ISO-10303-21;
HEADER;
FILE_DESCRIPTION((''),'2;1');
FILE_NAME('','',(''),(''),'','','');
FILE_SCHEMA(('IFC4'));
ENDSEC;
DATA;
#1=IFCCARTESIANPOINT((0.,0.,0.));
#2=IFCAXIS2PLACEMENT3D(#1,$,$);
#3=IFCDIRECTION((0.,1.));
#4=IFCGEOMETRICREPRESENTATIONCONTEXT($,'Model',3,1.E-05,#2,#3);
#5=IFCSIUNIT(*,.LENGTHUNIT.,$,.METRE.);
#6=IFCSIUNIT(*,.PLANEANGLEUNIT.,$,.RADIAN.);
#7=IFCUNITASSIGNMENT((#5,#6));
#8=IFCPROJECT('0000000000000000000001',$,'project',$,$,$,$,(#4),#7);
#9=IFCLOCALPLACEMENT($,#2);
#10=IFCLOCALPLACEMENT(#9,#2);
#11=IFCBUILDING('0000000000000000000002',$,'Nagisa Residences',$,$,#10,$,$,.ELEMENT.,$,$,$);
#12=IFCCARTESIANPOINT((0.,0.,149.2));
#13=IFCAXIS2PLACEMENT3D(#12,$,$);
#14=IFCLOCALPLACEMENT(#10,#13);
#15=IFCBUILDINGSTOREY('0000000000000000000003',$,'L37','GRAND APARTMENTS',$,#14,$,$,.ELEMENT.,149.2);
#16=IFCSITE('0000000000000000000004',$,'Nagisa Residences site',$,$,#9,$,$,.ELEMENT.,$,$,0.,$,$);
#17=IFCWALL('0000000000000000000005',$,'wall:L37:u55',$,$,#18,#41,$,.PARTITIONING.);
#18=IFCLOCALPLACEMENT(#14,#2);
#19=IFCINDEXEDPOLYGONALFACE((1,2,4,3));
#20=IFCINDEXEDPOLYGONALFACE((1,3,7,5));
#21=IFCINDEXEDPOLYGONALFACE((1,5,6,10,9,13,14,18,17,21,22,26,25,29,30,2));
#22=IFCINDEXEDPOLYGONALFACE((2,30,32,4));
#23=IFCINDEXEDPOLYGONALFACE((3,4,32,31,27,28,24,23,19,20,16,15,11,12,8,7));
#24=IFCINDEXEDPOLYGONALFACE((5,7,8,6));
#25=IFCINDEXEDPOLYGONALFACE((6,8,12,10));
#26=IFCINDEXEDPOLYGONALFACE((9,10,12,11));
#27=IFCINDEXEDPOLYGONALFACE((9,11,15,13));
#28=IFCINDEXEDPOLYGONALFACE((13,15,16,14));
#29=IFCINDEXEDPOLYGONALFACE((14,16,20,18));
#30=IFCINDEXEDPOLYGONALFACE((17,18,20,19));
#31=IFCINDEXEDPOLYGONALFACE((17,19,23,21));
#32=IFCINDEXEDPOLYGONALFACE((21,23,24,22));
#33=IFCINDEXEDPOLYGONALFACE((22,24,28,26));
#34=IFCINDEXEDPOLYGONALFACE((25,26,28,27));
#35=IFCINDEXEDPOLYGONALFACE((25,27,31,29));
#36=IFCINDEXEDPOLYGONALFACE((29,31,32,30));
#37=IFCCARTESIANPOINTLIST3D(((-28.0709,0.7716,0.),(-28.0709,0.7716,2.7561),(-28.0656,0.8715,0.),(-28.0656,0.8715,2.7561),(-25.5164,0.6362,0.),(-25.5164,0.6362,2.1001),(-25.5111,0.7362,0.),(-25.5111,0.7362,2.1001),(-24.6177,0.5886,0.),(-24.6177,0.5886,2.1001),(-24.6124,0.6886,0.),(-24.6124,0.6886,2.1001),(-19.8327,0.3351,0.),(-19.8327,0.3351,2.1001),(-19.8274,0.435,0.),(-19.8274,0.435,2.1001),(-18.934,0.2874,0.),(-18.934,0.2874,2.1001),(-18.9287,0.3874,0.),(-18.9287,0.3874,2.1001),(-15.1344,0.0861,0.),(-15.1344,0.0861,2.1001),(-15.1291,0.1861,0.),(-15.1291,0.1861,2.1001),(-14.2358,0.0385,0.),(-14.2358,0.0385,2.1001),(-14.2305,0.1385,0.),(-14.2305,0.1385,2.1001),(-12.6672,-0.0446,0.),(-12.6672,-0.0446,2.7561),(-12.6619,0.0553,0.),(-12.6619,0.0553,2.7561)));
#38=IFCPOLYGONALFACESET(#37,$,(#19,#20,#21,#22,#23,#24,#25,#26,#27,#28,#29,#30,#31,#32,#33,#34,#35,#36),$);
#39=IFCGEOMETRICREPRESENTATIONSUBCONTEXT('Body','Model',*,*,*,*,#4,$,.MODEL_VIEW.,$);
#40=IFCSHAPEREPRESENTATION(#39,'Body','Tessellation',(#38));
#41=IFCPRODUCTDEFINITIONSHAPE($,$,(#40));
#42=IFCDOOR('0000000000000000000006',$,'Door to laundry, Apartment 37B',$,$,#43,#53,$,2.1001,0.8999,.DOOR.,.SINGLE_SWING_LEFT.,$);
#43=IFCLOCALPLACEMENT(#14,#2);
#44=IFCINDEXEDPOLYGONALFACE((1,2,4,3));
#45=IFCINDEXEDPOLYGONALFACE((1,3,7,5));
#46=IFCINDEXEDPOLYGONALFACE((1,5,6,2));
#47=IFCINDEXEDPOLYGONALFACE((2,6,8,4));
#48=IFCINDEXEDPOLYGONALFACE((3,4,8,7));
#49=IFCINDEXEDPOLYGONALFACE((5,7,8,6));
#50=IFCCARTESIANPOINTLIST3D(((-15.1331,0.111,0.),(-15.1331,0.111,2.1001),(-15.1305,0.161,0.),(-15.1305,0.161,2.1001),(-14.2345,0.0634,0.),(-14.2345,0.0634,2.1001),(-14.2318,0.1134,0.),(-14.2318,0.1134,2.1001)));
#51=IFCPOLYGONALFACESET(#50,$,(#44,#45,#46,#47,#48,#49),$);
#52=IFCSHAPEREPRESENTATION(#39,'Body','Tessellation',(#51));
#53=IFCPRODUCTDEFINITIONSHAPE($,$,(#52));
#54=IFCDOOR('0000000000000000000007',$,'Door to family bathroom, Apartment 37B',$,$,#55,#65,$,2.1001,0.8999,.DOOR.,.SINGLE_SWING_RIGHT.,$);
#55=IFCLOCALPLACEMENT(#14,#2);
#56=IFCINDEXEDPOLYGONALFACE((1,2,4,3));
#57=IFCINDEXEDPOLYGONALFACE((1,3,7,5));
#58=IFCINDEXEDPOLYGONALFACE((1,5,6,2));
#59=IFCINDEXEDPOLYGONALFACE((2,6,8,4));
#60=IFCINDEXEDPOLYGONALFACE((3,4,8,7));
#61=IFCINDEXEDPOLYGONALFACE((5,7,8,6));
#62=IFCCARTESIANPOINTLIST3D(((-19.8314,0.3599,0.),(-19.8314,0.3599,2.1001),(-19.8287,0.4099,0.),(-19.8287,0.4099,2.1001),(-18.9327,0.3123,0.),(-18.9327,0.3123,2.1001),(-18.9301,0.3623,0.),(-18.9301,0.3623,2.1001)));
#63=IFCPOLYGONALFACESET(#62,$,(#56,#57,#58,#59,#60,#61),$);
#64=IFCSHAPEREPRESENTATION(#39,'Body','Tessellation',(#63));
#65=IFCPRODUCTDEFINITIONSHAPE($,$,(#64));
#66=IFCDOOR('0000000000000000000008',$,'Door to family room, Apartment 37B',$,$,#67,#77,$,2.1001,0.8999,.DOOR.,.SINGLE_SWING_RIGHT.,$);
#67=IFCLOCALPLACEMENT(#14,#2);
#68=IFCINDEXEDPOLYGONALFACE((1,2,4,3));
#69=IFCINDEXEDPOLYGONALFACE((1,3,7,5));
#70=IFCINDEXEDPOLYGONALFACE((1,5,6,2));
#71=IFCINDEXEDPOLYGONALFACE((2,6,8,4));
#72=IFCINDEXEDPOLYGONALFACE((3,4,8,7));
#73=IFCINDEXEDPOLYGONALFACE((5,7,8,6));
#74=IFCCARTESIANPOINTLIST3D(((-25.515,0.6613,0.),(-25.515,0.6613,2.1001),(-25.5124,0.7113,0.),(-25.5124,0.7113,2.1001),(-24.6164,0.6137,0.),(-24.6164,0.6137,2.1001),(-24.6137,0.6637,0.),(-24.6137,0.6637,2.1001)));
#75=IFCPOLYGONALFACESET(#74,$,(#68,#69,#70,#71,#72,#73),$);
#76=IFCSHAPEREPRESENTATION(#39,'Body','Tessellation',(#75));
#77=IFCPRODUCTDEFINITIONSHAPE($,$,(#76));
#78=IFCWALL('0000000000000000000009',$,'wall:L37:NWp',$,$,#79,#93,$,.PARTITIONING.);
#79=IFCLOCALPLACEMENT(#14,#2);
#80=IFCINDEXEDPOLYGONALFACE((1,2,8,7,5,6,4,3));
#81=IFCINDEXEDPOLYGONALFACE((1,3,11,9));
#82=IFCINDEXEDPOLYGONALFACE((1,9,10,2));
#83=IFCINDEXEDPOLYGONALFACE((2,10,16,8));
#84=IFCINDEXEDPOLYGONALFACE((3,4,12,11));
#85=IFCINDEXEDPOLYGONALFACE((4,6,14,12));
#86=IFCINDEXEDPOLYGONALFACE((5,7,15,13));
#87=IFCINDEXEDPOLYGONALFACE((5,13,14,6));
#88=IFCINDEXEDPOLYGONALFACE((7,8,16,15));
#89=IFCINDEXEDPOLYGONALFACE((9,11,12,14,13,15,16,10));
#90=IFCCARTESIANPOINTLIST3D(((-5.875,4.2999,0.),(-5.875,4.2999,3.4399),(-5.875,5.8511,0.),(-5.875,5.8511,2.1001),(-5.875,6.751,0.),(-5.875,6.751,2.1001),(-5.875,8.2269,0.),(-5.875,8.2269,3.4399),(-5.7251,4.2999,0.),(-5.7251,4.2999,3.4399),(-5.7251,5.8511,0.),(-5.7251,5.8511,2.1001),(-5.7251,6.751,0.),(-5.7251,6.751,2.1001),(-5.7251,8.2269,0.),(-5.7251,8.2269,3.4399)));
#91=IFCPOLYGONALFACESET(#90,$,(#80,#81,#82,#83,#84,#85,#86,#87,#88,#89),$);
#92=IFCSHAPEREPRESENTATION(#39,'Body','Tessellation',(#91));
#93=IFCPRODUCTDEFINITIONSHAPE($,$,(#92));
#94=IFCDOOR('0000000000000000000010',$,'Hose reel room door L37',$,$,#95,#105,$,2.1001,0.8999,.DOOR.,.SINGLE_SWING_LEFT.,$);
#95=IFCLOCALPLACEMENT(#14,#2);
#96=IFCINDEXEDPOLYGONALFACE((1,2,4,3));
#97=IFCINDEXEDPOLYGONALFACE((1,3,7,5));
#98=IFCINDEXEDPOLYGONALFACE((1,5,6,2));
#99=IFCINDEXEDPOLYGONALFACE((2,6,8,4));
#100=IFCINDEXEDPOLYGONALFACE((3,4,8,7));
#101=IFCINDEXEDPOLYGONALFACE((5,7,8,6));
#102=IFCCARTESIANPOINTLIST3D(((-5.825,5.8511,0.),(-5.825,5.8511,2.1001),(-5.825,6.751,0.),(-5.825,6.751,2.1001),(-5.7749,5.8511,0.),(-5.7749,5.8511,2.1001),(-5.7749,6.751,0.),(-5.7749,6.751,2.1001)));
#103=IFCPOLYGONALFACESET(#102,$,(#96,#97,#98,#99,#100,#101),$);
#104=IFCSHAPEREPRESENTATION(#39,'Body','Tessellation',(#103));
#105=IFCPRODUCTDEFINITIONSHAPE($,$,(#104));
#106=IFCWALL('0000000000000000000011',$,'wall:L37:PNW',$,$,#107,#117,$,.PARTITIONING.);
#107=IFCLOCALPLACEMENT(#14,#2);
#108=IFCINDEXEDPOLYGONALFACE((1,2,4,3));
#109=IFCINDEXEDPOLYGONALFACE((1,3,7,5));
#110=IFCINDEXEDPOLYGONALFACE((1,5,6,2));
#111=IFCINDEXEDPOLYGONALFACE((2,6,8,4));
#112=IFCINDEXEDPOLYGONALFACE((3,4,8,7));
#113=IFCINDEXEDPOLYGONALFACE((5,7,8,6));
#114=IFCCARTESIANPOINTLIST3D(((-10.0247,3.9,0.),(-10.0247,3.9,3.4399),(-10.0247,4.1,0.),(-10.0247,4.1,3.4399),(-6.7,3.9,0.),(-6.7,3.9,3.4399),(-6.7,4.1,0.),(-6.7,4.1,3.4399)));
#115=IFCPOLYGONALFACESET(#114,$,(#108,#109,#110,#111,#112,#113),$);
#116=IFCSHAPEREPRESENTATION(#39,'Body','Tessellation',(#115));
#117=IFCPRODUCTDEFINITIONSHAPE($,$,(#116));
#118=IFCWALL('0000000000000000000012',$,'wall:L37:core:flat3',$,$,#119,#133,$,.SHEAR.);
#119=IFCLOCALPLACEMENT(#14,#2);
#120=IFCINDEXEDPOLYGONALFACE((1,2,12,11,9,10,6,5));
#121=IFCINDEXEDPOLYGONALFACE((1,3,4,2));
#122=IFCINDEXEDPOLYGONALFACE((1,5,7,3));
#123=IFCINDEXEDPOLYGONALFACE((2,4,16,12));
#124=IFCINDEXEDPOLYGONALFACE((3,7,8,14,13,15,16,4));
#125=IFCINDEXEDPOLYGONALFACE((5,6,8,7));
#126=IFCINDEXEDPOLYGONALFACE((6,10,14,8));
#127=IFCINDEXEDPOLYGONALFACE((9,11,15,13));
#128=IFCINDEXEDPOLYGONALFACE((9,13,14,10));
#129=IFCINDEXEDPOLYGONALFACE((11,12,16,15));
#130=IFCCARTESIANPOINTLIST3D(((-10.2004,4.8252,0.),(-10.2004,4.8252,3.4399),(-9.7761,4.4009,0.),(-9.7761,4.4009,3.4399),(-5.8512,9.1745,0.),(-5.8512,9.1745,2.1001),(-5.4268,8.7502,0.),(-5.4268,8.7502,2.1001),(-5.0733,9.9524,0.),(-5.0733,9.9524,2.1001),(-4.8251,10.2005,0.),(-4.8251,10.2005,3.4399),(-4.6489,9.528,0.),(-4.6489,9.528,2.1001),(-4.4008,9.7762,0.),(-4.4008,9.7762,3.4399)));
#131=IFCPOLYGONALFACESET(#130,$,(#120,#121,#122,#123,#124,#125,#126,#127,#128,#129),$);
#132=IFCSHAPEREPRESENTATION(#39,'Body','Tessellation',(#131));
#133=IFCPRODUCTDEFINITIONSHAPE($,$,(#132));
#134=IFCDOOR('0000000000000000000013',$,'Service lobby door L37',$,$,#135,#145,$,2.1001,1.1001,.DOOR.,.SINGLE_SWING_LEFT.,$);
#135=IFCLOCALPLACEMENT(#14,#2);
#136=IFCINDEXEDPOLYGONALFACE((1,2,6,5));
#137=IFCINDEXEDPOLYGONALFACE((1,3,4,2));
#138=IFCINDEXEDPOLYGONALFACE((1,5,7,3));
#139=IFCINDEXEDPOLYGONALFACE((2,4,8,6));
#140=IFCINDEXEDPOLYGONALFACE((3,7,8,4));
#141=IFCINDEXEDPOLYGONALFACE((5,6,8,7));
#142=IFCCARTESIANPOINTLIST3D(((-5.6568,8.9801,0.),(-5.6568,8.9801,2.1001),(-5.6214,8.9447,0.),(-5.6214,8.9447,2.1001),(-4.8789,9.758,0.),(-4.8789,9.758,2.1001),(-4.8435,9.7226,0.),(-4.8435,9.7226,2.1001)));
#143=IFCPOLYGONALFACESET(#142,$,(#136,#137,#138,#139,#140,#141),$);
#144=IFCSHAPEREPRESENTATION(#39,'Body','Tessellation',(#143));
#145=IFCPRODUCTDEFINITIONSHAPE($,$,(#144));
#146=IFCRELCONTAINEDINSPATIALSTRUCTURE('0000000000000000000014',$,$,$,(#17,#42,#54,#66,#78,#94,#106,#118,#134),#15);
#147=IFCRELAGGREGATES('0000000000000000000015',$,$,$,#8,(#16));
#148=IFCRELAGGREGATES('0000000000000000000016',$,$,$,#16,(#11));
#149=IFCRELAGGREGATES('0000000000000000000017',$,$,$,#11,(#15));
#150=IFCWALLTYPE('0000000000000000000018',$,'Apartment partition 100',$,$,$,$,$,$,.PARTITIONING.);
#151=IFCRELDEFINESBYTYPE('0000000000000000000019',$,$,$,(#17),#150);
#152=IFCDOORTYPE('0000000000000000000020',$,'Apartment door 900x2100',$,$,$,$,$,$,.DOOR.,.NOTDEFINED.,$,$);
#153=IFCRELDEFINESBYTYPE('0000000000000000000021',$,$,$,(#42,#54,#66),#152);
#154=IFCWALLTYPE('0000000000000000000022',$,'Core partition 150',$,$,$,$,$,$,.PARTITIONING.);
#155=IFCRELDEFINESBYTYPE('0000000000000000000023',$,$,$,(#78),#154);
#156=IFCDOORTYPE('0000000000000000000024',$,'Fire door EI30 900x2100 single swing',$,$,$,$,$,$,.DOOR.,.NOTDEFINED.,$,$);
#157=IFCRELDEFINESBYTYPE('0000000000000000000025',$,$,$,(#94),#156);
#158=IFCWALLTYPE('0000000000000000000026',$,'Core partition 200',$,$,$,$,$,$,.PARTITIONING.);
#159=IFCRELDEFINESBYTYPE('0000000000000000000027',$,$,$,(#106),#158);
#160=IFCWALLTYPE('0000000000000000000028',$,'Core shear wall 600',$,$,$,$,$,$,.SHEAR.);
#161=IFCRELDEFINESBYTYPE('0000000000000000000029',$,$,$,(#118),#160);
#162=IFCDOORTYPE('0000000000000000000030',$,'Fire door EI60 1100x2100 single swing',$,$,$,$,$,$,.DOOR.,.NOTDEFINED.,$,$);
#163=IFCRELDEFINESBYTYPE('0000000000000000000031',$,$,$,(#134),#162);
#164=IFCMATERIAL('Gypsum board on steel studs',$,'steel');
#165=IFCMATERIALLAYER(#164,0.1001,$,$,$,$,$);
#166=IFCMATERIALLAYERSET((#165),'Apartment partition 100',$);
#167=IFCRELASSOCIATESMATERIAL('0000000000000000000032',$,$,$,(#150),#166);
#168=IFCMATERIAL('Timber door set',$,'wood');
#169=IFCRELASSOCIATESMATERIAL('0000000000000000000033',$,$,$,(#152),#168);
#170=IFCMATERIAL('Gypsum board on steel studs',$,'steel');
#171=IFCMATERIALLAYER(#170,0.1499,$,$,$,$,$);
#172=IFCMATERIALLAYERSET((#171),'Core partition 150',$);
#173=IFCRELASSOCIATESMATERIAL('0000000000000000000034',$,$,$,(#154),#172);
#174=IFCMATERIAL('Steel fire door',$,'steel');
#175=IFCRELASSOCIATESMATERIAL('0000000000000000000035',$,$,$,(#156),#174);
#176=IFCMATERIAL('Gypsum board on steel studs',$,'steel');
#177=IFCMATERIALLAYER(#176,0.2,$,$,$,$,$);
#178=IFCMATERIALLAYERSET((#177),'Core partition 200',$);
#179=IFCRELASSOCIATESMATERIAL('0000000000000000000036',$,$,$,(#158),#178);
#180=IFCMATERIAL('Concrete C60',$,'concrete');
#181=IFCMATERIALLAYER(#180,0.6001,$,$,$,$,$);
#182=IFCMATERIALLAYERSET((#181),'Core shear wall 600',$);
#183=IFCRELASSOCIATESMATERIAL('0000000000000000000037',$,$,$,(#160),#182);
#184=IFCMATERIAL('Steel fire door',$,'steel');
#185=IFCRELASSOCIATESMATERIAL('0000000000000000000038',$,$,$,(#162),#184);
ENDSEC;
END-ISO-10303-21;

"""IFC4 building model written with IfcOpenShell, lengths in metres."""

from ifc_helpers import new_model, si_unit, direction, frame, frame_2d, origin, place, context, subcontext, project, spatial, rectangle, extrude, material, layer, layer_set, type_object, element, fill, save


model = new_model("IFC4")

# Units and contexts
model_context = context("Model", 3, precision=1e-05, world=origin(), true_north=direction((0.0, 1.0)))
body_context = subcontext(model_context, "Body", "Model", "MODEL_VIEW")
ifc_project = project(units=[si_unit("LENGTHUNIT", "METRE"), si_unit("PLANEANGLEUNIT", "RADIAN")], contexts=[model_context])

# Site, building, storey
site_placement = place(None, origin())
site = spatial("IfcSite", under=ifc_project, at=site_placement, Name="Nagisa Residences site", CompositionType="ELEMENT", RefElevation=0.0)
building_placement = place(site_placement, origin())
building = spatial("IfcBuilding", under=site, at=building_placement, Name="Nagisa Residences", CompositionType="ELEMENT")
storey_placement = place(building_placement, frame((0.0, 0.0, 149.2)))
storey = spatial("IfcBuildingStorey", under=building, at=storey_placement, Name="L37", Description="GRAND APARTMENTS", CompositionType="ELEMENT", Elevation=149.2)

# Shared definitions
ifc_material_1 = material(Name="Gypsum board on steel studs", Category="steel")
ifc_layer_1 = layer(ifc_material_1, 0.1001)
ifc_layer_set_1 = layer_set([ifc_layer_1], Name="Apartment partition 100")
wall_type_1 = type_object("IfcWallType", Name="Apartment partition 100", PredefinedType="PARTITIONING", material=ifc_layer_set_1)
ifc_material_2 = material(Name="Timber door set", Category="wood")
door_type_1 = type_object("IfcDoorType", Name="Apartment door 900x2100", OperationType="NOTDEFINED", PredefinedType="DOOR", material=ifc_material_2)

# Wall, openings, doors
wall_1_placement = place(storey_placement, frame((-12.6646, 0.0054, 0.0), z_axis=(0.0, 0.0, 1.0), x_axis=(-0.998599, 0.052911, 0.0)))
wall_1 = element("IfcWall", 1, at=wall_1_placement, inside=storey, type_object=wall_type_1, Name="wall:L37:u55", PredefinedType="PARTITIONING", context=body_context, shape_type="SweptSolid", body=[
    extrude(rectangle(XDim=15.4253, YDim=0.1001, at=frame_2d((7.7126, 0.0))), origin(), (0.0, 0.0, 1.0), 2.7561),
])
opening_1_placement = place(wall_1_placement, frame((1.5708, 0.0, 0.0)))
opening_1 = element("IfcOpeningElement", 2, at=opening_1_placement, cuts=wall_1, PredefinedType="OPENING", context=body_context, shape_type="SweptSolid", body=[
    extrude(rectangle(XDim=0.8999, YDim=2.1001, at=frame_2d((0.45, 1.05))), frame((0.0, 0.0601, 0.0), z_axis=(0.0, -1.0, 0.0), x_axis=(1.0, 0.0, 0.0)), (0.0, 0.0, 1.0), 0.1201),
])
opening_2_placement = place(wall_1_placement, frame((6.2756, 0.0, 0.0)))
opening_2 = element("IfcOpeningElement", 3, at=opening_2_placement, cuts=wall_1, PredefinedType="OPENING", context=body_context, shape_type="SweptSolid", body=[
    extrude(rectangle(XDim=0.8999, YDim=2.1001, at=frame_2d((0.45, 1.05))), frame((0.0, 0.0601, 0.0), z_axis=(0.0, -1.0, 0.0), x_axis=(1.0, 0.0, 0.0)), (0.0, 0.0, 1.0), 0.1201),
])
opening_3_placement = place(wall_1_placement, frame((11.9673, 0.0, 0.0)))
opening_3 = element("IfcOpeningElement", 4, at=opening_3_placement, cuts=wall_1, PredefinedType="OPENING", context=body_context, shape_type="SweptSolid", body=[
    extrude(rectangle(XDim=0.8999, YDim=2.1001, at=frame_2d((0.45, 1.05))), frame((0.0, 0.0601, 0.0), z_axis=(0.0, -1.0, 0.0), x_axis=(1.0, 0.0, 0.0)), (0.0, 0.0, 1.0), 0.1201),
])
door_1_placement = place(opening_1_placement, frame((0.8999, 0.0, 0.0), x_axis=(-1.0, 0.0, 0.0)))
door_1 = element("IfcDoor", 5, at=door_1_placement, inside=storey, type_object=door_type_1, Name="Door to laundry, Apartment 37B", OperationType="SINGLE_SWING_LEFT", OverallHeight=2.1001, OverallWidth=0.8999, PredefinedType="DOOR", context=body_context, shape_type="SweptSolid", body=[
    extrude(rectangle(XDim=0.8999, YDim=2.1001, at=frame_2d((0.45, 1.05))), frame((0.0, 0.0249, 0.0), z_axis=(0.0, -1.0, 0.0), x_axis=(1.0, 0.0, 0.0)), (0.0, 0.0, 1.0), 0.05),
])
fill(opening_1, door_1)
door_2_placement = place(opening_2_placement, frame((0.8999, 0.0, 0.0), x_axis=(-1.0, 0.0, 0.0)))
door_2 = element("IfcDoor", 6, at=door_2_placement, inside=storey, type_object=door_type_1, Name="Door to family bathroom, Apartment 37B", OperationType="SINGLE_SWING_RIGHT", OverallHeight=2.1001, OverallWidth=0.8999, PredefinedType="DOOR", context=body_context, shape_type="SweptSolid", body=[
    extrude(rectangle(XDim=0.8999, YDim=2.1001, at=frame_2d((0.45, 1.05))), frame((0.0, 0.0249, 0.0), z_axis=(0.0, -1.0, 0.0), x_axis=(1.0, 0.0, 0.0)), (0.0, 0.0, 1.0), 0.05),
])
fill(opening_2, door_2)
door_3_placement = place(opening_3_placement, origin())
door_3 = element("IfcDoor", 7, at=door_3_placement, inside=storey, type_object=door_type_1, Name="Door to family room, Apartment 37B", OperationType="SINGLE_SWING_RIGHT", OverallHeight=2.1001, OverallWidth=0.8999, PredefinedType="DOOR", context=body_context, shape_type="SweptSolid", body=[
    extrude(rectangle(XDim=0.8999, YDim=2.1001, at=frame_2d((0.45, 1.05))), frame((0.0, 0.0249, 0.0), z_axis=(0.0, -1.0, 0.0), x_axis=(1.0, 0.0, 0.0)), (0.0, 0.0, 1.0), 0.05),
])
fill(opening_3, door_3)

# Wall, opening, door
ifc_material_3 = material(Name="Gypsum board on steel studs", Category="steel")
ifc_layer_2 = layer(ifc_material_3, 0.1499)
ifc_layer_set_2 = layer_set([ifc_layer_2], Name="Core partition 150")
wall_type_2 = type_object("IfcWallType", Name="Core partition 150", PredefinedType="PARTITIONING", material=ifc_layer_set_2)
wall_2_placement = place(storey_placement, frame((-5.8, 4.3, 0.0), z_axis=(0.0, 0.0, 1.0), x_axis=(0.0, 1.0, 0.0)))
wall_2 = element("IfcWall", 8, at=wall_2_placement, inside=storey, type_object=wall_type_2, Name="wall:L37:NWp", PredefinedType="PARTITIONING", context=body_context, shape_type="SweptSolid", body=[
    extrude(rectangle(XDim=3.927, YDim=0.1499, at=frame_2d((1.9634, 0.0))), origin(), (0.0, 0.0, 1.0), 3.4399),
])
opening_4_placement = place(wall_2_placement, frame((1.551, 0.0, 0.0)))
opening_4 = element("IfcOpeningElement", 9, at=opening_4_placement, cuts=wall_2, PredefinedType="OPENING", context=body_context, shape_type="SweptSolid", body=[
    extrude(rectangle(XDim=0.8999, YDim=2.1001, at=frame_2d((0.45, 1.05))), frame((0.0, 0.085, 0.0), z_axis=(0.0, -1.0, 0.0), x_axis=(1.0, 0.0, 0.0)), (0.0, 0.0, 1.0), 0.1699),
])
ifc_material_4 = material(Name="Steel fire door", Category="steel")
door_type_2 = type_object("IfcDoorType", Name="Fire door EI30 900x2100 single swing", OperationType="NOTDEFINED", PredefinedType="DOOR", material=ifc_material_4)
door_4_placement = place(opening_4_placement, origin())
door_4 = element("IfcDoor", 10, at=door_4_placement, inside=storey, type_object=door_type_2, Name="Hose reel room door L37", OperationType="SINGLE_SWING_LEFT", OverallHeight=2.1001, OverallWidth=0.8999, PredefinedType="DOOR", context=body_context, shape_type="SweptSolid", body=[
    extrude(rectangle(XDim=0.8999, YDim=2.1001, at=frame_2d((0.45, 1.05))), frame((0.0, 0.0249, 0.0), z_axis=(0.0, -1.0, 0.0), x_axis=(1.0, 0.0, 0.0)), (0.0, 0.0, 1.0), 0.05),
])
fill(opening_4, door_4)

# Wall
ifc_material_5 = material(Name="Gypsum board on steel studs", Category="steel")
ifc_layer_3 = layer(ifc_material_5, 0.2)
ifc_layer_set_3 = layer_set([ifc_layer_3], Name="Core partition 200")
wall_type_3 = type_object("IfcWallType", Name="Core partition 200", PredefinedType="PARTITIONING", material=ifc_layer_set_3)
wall_3_placement = place(storey_placement, frame((-10.0247, 4.0, 0.0), z_axis=(0.0, 0.0, 1.0), x_axis=(1.0, 0.0, 0.0)))
element("IfcWall", 11, at=wall_3_placement, inside=storey, type_object=wall_type_3, Name="wall:L37:PNW", PredefinedType="PARTITIONING", context=body_context, shape_type="SweptSolid", body=[
    extrude(rectangle(XDim=3.3247, YDim=0.2, at=frame_2d((1.6624, 0.0))), origin(), (0.0, 0.0, 1.0), 3.4399),
])

# Wall, opening, door
ifc_material_6 = material(Name="Concrete C60", Category="concrete")
ifc_layer_4 = layer(ifc_material_6, 0.6001)
ifc_layer_set_4 = layer_set([ifc_layer_4], Name="Core shear wall 600")
wall_type_4 = type_object("IfcWallType", Name="Core shear wall 600", PredefinedType="SHEAR", material=ifc_layer_set_4)
wall_4_placement = place(storey_placement, frame((-4.613, 9.9883, 0.0), z_axis=(0.0, 0.0, 1.0), x_axis=(-0.707107, -0.707107, 0.0)))
wall_4 = element("IfcWall", 12, at=wall_4_placement, inside=storey, type_object=wall_type_4, Name="wall:L37:core:flat3", PredefinedType="SHEAR", context=body_context, shape_type="SweptSolid", body=[
    extrude(rectangle(XDim=7.6018, YDim=0.6001, at=frame_2d((3.8008, 0.0))), origin(), (0.0, 0.0, 1.0), 3.4399),
])
opening_5_placement = place(wall_4_placement, frame((0.3508, 0.0, 0.0)))
opening_5 = element("IfcOpeningElement", 13, at=opening_5_placement, cuts=wall_4, PredefinedType="OPENING", context=body_context, shape_type="SweptSolid", body=[
    extrude(rectangle(XDim=1.1001, YDim=2.1001, at=frame_2d((0.55, 1.05))), frame((0.0, 0.3101, 0.0), z_axis=(0.0, -1.0, 0.0), x_axis=(1.0, 0.0, 0.0)), (0.0, 0.0, 1.0), 0.6201),
])
ifc_material_7 = material(Name="Steel fire door", Category="steel")
door_type_3 = type_object("IfcDoorType", Name="Fire door EI60 1100x2100 single swing", OperationType="NOTDEFINED", PredefinedType="DOOR", material=ifc_material_7)
door_5_placement = place(opening_5_placement, origin())
door_5 = element("IfcDoor", 14, at=door_5_placement, inside=storey, type_object=door_type_3, Name="Service lobby door L37", OperationType="SINGLE_SWING_LEFT", OverallHeight=2.1001, OverallWidth=1.1001, PredefinedType="DOOR", context=body_context, shape_type="SweptSolid", body=[
    extrude(rectangle(XDim=1.1001, YDim=2.1001, at=frame_2d((0.55, 1.05))), frame((0.0, 0.0249, 0.0), z_axis=(0.0, -1.0, 0.0), x_axis=(1.0, 0.0, 0.0)), (0.0, 0.0, 1.0), 0.05),
])
fill(opening_5, door_5)

save(model, "model.ifc")
